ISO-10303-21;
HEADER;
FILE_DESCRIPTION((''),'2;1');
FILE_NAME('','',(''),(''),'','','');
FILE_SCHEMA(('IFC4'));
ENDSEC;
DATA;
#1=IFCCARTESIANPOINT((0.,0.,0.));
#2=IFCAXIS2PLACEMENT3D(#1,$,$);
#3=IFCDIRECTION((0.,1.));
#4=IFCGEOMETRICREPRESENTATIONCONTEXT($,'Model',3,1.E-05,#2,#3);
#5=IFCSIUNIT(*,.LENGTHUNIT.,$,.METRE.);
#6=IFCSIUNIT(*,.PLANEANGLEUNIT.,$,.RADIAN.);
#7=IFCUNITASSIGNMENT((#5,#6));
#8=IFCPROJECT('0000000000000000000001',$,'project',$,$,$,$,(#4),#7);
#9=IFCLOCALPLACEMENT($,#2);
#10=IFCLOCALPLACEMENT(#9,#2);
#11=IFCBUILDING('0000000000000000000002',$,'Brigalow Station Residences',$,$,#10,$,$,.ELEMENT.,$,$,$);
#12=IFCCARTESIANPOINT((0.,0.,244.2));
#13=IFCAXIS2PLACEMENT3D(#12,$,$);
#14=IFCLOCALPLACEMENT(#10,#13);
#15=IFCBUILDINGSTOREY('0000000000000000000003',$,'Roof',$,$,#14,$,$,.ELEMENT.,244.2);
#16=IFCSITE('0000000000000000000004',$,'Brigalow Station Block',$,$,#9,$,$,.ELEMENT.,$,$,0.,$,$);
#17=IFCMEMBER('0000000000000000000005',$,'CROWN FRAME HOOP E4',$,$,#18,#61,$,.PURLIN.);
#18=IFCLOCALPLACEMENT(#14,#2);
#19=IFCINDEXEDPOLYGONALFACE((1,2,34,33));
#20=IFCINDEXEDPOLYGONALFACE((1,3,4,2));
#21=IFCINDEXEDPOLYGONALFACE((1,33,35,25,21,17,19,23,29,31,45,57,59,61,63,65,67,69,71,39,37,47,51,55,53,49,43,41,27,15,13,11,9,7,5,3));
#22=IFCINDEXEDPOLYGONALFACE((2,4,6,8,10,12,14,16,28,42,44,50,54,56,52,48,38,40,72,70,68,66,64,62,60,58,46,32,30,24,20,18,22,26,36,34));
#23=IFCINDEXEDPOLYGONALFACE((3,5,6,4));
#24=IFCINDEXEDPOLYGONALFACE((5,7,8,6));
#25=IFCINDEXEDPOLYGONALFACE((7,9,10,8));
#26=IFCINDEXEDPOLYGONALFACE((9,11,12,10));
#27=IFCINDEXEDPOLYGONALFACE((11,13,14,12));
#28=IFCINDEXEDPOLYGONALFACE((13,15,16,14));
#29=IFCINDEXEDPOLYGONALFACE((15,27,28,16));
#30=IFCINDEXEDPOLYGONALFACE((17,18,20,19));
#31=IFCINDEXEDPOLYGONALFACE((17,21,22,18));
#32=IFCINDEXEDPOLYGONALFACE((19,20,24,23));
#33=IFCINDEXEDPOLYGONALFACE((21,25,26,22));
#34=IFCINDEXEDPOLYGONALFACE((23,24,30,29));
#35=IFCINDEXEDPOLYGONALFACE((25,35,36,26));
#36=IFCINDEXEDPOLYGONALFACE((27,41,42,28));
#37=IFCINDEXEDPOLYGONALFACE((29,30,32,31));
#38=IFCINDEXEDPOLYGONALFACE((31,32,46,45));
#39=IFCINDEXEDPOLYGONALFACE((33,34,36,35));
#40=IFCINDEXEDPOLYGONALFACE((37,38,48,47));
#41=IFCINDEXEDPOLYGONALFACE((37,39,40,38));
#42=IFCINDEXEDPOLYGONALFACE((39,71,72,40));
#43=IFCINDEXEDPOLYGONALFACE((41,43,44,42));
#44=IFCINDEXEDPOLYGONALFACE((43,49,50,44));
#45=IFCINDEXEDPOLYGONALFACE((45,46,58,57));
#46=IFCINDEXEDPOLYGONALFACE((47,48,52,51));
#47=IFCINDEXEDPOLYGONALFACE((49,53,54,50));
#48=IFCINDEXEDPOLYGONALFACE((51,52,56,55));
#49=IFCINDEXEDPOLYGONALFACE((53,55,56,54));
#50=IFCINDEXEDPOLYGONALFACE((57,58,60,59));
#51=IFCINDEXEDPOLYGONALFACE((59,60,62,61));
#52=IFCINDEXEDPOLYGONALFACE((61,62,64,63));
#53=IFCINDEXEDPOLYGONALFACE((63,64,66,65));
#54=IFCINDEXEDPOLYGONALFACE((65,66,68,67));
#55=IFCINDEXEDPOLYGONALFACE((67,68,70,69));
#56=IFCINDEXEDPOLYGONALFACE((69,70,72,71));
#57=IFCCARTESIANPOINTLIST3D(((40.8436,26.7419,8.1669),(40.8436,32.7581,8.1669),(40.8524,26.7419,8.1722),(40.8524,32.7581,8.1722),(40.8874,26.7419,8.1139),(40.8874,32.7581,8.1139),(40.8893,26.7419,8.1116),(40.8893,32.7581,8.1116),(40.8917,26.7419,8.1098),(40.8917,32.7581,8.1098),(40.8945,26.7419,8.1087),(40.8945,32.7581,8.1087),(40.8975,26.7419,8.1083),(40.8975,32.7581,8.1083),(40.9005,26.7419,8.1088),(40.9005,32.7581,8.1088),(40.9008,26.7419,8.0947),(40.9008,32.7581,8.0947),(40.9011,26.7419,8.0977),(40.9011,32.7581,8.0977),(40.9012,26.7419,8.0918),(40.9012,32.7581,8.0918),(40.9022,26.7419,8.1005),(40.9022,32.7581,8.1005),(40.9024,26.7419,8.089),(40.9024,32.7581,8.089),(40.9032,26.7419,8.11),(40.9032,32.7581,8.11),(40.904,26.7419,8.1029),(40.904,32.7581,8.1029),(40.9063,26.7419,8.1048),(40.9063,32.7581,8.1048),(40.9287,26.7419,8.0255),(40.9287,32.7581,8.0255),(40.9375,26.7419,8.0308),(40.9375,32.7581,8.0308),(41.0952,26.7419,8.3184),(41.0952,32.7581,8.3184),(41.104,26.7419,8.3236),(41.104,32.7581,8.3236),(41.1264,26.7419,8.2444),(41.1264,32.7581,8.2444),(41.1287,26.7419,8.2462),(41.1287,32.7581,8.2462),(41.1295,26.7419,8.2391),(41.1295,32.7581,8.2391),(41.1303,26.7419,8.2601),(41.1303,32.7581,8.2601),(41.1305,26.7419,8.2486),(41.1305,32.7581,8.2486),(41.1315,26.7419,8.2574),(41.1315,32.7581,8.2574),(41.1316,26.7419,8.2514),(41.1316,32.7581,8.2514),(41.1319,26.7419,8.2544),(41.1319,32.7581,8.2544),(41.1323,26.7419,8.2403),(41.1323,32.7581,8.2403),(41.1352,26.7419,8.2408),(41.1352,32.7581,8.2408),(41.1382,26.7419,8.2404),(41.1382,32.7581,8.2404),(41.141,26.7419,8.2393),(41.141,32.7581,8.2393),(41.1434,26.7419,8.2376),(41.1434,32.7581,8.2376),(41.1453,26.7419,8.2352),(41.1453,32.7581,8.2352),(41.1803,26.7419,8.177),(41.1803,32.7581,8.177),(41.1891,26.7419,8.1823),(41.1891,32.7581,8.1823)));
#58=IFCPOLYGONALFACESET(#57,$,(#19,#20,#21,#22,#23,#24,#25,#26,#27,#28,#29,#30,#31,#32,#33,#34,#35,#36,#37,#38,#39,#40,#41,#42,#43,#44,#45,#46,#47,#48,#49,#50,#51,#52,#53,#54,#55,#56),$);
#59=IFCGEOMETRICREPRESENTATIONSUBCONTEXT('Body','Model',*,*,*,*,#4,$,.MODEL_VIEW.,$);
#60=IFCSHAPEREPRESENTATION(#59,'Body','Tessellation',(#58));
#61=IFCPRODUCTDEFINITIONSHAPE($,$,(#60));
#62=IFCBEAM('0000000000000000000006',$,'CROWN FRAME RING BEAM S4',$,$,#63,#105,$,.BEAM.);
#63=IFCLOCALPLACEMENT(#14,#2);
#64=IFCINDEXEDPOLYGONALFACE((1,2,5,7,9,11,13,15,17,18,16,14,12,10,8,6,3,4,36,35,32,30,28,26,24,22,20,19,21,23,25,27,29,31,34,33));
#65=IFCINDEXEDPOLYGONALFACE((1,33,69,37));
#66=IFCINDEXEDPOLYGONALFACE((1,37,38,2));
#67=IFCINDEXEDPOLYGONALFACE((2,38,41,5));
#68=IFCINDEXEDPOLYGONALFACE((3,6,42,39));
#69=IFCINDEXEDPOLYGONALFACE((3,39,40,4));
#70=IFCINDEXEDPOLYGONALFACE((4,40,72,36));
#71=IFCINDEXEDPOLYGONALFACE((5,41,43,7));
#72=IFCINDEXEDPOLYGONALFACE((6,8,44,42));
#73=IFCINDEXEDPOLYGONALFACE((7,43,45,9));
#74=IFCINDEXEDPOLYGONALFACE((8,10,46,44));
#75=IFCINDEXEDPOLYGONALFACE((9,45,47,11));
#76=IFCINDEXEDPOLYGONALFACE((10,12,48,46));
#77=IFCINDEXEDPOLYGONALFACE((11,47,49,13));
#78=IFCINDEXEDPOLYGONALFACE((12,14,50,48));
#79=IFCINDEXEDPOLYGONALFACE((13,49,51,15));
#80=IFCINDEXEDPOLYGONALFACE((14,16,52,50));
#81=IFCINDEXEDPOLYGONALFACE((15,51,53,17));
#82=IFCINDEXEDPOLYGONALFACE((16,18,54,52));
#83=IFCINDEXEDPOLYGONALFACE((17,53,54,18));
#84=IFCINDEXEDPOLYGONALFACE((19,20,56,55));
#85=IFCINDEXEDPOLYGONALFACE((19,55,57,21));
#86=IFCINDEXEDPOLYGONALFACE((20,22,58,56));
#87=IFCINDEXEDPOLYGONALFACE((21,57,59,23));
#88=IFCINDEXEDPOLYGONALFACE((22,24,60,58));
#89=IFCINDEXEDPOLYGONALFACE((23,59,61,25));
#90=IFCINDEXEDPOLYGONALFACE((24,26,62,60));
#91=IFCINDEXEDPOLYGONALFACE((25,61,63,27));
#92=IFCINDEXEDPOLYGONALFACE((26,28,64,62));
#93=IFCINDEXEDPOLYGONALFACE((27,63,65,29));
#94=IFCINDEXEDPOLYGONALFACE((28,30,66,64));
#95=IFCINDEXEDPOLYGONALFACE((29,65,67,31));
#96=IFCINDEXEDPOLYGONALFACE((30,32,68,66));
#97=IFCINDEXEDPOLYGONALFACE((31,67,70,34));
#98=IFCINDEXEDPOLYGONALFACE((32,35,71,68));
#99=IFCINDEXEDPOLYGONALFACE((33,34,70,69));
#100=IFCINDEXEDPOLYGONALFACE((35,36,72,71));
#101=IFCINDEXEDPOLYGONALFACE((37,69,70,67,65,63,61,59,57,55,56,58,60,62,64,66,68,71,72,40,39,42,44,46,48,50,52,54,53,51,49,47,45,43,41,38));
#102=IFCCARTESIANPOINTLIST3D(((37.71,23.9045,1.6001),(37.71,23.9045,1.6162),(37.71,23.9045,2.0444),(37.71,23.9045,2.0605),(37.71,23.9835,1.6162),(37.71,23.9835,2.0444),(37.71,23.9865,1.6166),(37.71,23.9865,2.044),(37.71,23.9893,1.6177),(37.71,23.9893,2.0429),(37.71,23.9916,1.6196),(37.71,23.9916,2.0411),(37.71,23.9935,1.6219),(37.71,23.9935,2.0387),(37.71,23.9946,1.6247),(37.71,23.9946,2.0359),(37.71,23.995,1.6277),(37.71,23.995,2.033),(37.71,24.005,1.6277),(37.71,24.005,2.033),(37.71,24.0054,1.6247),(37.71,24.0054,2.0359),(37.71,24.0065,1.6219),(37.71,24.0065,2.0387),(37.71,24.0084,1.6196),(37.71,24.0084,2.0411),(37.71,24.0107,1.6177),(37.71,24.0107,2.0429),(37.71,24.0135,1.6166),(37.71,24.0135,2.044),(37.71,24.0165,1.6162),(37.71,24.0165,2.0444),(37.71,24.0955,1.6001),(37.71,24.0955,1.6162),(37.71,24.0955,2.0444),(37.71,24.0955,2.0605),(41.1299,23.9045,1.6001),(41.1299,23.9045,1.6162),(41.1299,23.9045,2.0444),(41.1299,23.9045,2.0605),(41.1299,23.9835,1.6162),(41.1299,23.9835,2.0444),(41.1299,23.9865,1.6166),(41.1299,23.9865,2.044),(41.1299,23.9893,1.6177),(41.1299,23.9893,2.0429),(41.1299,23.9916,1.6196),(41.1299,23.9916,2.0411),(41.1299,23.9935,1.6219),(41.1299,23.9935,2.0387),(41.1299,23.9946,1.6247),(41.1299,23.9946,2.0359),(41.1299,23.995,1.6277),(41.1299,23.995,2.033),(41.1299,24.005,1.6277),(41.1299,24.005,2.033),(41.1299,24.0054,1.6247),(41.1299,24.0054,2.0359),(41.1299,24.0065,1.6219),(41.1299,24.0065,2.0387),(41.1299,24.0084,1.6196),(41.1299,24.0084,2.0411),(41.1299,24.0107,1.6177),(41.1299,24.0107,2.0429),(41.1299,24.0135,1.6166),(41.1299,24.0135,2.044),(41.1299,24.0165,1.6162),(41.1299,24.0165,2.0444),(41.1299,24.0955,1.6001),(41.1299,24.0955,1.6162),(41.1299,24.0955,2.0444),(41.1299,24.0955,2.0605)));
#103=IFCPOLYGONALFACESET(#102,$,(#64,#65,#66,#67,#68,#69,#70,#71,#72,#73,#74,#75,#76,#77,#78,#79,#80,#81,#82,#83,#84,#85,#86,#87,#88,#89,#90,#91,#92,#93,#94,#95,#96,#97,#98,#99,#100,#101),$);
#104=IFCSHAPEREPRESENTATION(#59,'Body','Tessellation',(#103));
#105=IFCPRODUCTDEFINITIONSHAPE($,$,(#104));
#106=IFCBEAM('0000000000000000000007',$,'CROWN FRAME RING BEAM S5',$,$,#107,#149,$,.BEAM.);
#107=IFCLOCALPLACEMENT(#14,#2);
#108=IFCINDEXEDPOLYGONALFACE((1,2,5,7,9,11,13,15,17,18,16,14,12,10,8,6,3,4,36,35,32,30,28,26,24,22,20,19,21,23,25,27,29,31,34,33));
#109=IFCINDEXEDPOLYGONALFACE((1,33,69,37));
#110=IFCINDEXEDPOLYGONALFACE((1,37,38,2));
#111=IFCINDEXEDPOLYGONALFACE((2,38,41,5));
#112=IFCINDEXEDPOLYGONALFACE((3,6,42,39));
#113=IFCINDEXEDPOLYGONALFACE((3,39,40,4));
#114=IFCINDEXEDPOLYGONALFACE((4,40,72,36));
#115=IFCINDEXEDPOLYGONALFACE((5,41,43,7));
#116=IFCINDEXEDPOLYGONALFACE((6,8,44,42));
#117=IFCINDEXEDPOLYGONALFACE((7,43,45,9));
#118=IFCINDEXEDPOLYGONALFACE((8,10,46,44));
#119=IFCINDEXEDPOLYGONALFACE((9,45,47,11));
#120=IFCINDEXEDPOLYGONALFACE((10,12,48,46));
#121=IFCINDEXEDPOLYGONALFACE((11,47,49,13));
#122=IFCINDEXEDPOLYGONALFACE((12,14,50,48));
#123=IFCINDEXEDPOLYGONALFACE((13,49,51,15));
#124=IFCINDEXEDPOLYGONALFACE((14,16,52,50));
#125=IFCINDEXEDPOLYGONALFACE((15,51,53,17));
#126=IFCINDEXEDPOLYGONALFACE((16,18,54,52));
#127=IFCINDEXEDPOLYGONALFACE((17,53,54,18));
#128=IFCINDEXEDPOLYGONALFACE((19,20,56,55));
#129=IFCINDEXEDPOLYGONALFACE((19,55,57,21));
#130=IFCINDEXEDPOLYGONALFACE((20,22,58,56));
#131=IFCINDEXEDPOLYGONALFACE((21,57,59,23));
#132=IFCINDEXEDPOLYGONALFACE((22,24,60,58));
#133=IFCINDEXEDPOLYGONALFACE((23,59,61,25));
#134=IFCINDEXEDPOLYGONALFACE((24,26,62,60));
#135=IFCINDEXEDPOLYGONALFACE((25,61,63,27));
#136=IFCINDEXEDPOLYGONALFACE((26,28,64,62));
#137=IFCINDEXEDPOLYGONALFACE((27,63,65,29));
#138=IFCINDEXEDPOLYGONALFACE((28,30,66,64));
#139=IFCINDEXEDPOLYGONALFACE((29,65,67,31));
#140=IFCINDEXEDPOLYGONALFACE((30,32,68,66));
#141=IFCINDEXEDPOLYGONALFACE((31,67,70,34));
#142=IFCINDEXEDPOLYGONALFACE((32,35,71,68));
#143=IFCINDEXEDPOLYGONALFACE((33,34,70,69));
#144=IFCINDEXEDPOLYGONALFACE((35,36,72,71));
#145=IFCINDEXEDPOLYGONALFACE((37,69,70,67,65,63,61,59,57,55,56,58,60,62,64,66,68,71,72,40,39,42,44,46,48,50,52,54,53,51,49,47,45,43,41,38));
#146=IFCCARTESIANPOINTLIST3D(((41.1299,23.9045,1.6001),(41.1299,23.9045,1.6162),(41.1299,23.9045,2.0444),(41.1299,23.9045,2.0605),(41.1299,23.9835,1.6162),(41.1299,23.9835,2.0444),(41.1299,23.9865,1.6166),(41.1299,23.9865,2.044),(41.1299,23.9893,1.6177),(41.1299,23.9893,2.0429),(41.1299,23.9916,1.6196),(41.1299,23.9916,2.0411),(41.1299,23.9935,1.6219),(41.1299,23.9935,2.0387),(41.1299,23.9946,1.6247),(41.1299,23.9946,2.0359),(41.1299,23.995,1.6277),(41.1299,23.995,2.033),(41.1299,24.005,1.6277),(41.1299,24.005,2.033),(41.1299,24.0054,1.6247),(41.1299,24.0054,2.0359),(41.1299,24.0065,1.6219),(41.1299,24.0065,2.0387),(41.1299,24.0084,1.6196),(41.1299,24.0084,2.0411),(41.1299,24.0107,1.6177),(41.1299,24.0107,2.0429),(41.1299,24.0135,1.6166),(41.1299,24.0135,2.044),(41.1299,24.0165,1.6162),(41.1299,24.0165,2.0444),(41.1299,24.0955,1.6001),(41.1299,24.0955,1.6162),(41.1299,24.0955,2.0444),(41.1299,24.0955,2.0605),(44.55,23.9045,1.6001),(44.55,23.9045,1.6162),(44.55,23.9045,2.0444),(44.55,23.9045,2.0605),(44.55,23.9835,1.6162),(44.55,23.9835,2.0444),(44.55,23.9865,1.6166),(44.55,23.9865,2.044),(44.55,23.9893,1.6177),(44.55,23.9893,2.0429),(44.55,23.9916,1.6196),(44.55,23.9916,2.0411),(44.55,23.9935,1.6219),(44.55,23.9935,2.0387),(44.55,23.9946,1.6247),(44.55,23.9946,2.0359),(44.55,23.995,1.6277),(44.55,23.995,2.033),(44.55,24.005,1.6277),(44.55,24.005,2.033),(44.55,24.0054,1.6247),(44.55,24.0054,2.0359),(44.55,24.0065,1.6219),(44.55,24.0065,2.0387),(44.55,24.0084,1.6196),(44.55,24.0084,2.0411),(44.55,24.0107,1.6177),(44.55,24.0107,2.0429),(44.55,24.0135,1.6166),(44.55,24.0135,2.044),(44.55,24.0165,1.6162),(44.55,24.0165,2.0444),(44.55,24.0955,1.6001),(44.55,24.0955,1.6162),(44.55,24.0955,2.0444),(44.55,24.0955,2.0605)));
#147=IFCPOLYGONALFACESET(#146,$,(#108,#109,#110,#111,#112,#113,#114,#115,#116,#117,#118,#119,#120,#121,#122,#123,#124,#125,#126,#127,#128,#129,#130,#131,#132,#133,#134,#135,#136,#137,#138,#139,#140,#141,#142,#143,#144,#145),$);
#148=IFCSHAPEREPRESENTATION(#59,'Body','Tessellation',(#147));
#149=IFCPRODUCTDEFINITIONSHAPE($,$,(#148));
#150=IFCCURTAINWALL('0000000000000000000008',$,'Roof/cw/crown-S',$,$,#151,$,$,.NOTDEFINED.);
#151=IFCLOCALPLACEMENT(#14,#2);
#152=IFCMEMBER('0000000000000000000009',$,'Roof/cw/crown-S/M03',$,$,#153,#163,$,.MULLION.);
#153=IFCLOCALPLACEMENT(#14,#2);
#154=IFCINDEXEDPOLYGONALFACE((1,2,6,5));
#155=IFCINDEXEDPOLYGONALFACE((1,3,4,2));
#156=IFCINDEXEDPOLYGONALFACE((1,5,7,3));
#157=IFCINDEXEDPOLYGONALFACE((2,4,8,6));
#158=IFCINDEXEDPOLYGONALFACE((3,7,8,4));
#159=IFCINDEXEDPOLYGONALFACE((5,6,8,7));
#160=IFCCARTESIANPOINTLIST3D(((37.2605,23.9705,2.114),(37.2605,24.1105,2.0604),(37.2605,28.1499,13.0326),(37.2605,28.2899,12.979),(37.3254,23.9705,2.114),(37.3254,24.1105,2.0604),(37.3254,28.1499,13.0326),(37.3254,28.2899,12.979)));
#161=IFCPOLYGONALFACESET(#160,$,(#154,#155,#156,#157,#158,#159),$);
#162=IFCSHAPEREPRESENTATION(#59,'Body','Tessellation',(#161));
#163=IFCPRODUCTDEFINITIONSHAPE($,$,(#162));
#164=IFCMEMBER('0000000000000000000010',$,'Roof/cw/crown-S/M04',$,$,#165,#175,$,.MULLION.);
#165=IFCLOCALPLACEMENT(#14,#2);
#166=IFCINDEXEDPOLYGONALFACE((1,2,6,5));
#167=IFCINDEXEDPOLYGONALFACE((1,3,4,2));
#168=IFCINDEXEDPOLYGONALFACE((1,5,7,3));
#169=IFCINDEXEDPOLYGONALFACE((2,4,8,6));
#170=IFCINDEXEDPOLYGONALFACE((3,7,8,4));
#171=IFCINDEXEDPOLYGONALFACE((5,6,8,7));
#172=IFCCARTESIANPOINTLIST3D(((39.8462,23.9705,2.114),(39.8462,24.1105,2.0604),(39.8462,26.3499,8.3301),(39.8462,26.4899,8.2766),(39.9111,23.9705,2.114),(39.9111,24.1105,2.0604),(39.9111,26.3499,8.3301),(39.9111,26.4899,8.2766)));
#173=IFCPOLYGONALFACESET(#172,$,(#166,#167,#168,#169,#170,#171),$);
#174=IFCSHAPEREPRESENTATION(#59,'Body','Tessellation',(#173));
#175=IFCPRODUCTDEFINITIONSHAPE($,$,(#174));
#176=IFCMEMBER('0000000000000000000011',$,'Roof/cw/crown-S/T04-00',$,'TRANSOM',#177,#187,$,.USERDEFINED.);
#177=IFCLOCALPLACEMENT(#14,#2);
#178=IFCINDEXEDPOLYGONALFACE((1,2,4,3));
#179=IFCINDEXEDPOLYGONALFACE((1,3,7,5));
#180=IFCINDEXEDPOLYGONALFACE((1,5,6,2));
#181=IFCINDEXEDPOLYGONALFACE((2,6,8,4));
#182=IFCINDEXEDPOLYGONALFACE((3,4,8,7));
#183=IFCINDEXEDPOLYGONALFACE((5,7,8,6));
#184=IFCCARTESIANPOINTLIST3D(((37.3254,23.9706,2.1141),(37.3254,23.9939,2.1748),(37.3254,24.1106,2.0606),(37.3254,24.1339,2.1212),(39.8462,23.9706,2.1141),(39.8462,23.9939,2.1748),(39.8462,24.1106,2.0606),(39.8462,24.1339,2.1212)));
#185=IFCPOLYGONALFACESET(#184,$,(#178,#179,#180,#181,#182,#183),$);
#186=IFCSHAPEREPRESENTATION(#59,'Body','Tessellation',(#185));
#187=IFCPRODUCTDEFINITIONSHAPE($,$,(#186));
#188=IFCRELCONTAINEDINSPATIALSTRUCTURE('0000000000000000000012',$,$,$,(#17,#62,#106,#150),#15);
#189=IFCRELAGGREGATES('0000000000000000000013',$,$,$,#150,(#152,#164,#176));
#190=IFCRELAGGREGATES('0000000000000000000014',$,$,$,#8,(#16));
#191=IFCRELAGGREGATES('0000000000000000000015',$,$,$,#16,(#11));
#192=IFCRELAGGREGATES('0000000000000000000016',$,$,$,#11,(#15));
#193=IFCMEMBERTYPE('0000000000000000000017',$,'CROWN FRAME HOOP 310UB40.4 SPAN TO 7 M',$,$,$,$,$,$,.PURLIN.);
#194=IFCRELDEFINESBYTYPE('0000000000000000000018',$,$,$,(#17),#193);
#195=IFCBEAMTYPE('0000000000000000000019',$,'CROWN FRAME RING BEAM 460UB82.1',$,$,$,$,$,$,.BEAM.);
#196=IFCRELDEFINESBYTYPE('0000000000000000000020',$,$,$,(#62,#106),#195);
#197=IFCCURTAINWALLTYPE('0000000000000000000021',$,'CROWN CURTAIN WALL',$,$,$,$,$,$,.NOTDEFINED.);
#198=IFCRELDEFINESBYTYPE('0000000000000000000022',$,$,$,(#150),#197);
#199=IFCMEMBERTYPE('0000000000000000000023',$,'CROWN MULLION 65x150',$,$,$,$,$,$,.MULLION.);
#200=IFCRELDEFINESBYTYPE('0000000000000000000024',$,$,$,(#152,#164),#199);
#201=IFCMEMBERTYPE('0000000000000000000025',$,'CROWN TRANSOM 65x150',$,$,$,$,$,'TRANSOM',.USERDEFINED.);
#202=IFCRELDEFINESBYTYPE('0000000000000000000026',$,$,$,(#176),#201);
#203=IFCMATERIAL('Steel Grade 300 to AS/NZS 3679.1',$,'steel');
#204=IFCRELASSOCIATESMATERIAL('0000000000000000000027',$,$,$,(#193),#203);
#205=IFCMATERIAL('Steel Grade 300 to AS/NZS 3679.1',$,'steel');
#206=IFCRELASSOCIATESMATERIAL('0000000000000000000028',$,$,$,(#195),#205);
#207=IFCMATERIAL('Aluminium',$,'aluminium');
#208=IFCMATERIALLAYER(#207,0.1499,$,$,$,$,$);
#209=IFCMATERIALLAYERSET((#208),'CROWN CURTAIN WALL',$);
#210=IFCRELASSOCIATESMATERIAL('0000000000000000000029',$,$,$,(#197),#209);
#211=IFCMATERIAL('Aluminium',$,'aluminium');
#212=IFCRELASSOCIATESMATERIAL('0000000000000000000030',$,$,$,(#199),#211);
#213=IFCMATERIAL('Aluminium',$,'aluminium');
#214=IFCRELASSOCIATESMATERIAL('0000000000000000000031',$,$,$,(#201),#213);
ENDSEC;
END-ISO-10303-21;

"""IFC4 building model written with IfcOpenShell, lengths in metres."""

from ifc_helpers import new_model, si_unit, direction, frame, origin, origin_2d, place, context, subcontext, project, spatial, rectangle, i_section, extrude, material, layer, layer_set, material_profile, profile_set, type_object, element, aggregate, save


model = new_model("IFC4")

# Units and contexts
model_context = context("Model", 3, precision=1e-05, world=origin(), true_north=direction((0.0, 1.0)))
body_context = subcontext(model_context, "Body", "Model", "MODEL_VIEW")
ifc_project = project(units=[si_unit("LENGTHUNIT", "METRE"), si_unit("PLANEANGLEUNIT", "RADIAN")], contexts=[model_context])

# Site, building, storey
site_placement = place(None, origin())
site = spatial("IfcSite", under=ifc_project, at=site_placement, Name="Brigalow Station Block", CompositionType="ELEMENT", RefElevation=0.0)
building_placement = place(site_placement, origin())
building = spatial("IfcBuilding", under=site, at=building_placement, Name="Brigalow Station Residences", CompositionType="ELEMENT")
storey_placement = place(building_placement, frame((0.0, 0.0, 244.2)))
storey = spatial("IfcBuildingStorey", under=building, at=storey_placement, Name="Roof", CompositionType="ELEMENT", Elevation=244.2)

# Member
ifc_material_1 = material(Name="Steel Grade 300 to AS/NZS 3679.1", Category="steel")
ifc_material_profile_1 = material_profile(ifc_material_1, i_section(OverallWidth=0.165, OverallDepth=0.304, WebThickness=0.0061, FlangeThickness=0.0103, FilletRadius=0.0115, at=origin_2d()), Name="310UB40.4")
ifc_profile_set_1 = profile_set([ifc_material_profile_1], Name="Steel Grade 300 to AS/NZS 3679.1")
member_type_1 = type_object("IfcMemberType", Name="CROWN FRAME HOOP 310UB40.4 SPAN TO 7 M", PredefinedType="PURLIN", material=ifc_profile_set_1)
member_1_placement = place(storey_placement, frame((41.0164, 26.7419, 8.1746), z_axis=(0.0, 1.0, 0.0), x_axis=(-0.515813, 0.0, 0.856701)))
element("IfcMember", 1, at=member_1_placement, inside=storey, type_object=member_type_1, Name="CROWN FRAME HOOP E4", PredefinedType="PURLIN", context=body_context, shape_type="SweptSolid", body=[
    extrude(i_section(OverallWidth=0.165, OverallDepth=0.304, WebThickness=0.0061, FlangeThickness=0.0103, FilletRadius=0.0115, at=origin_2d()), origin(), (0.0, 0.0, 1.0), 6.0161),
])

# Beams
ifc_material_2 = material(Name="Steel Grade 300 to AS/NZS 3679.1", Category="steel")
ifc_material_profile_2 = material_profile(ifc_material_2, i_section(OverallWidth=0.1909, OverallDepth=0.4604, WebThickness=0.01, FlangeThickness=0.0161, FilletRadius=0.0115, at=origin_2d()), Name="460UB82.1")
ifc_profile_set_2 = profile_set([ifc_material_profile_2], Name="Steel Grade 300 to AS/NZS 3679.1")
beam_type = type_object("IfcBeamType", Name="CROWN FRAME RING BEAM 460UB82.1", PredefinedType="BEAM", material=ifc_profile_set_2)
beam_1_placement = place(storey_placement, frame((37.71, 24.0, 1.8303), z_axis=(1.0, 0.0, 0.0), x_axis=(0.0, 1.0, 0.0)))
element("IfcBeam", 2, at=beam_1_placement, inside=storey, type_object=beam_type, Name="CROWN FRAME RING BEAM S4", PredefinedType="BEAM", context=body_context, shape_type="SweptSolid", body=[
    extrude(i_section(OverallWidth=0.1909, OverallDepth=0.4604, WebThickness=0.01, FlangeThickness=0.0161, FilletRadius=0.0115, at=origin_2d()), origin(), (0.0, 0.0, 1.0), 3.4199),
])
beam_2_placement = place(storey_placement, frame((41.1299, 24.0, 1.8303), z_axis=(1.0, 0.0, 0.0), x_axis=(0.0, 1.0, 0.0)))
element("IfcBeam", 3, at=beam_2_placement, inside=storey, type_object=beam_type, Name="CROWN FRAME RING BEAM S5", PredefinedType="BEAM", context=body_context, shape_type="SweptSolid", body=[
    extrude(i_section(OverallWidth=0.1909, OverallDepth=0.4604, WebThickness=0.01, FlangeThickness=0.0161, FilletRadius=0.0115, at=origin_2d()), origin(), (0.0, 0.0, 1.0), 3.4202),
])

# Curtain wall, members
ifc_material_3 = material(Name="Aluminium", Category="aluminium")
ifc_layer_1 = layer(ifc_material_3, 0.1499)
ifc_layer_set_1 = layer_set([ifc_layer_1], Name="CROWN CURTAIN WALL")
curtain_wall_type = type_object("IfcCurtainWallType", Name="CROWN CURTAIN WALL", PredefinedType="NOTDEFINED", material=ifc_layer_set_1)
curtain_wall_1_placement = place(storey_placement, origin())
curtain_wall_1 = element("IfcCurtainWall", 4, at=curtain_wall_1_placement, inside=storey, type_object=curtain_wall_type, Name="Roof/cw/crown-S", PredefinedType="NOTDEFINED")
ifc_material_4 = material(Name="Aluminium", Category="aluminium")
ifc_material_profile_3 = material_profile(ifc_material_4, rectangle(XDim=0.0649, YDim=0.1499, at=origin_2d()), Name="CROWN MULLION 65x150")
ifc_profile_set_3 = profile_set([ifc_material_profile_3], Name="Aluminium")
member_type_2 = type_object("IfcMemberType", Name="CROWN MULLION 65x150", PredefinedType="MULLION", material=ifc_profile_set_3)
member_2_placement = place(storey_placement, frame((37.293, 24.0405, 2.0872), z_axis=(0.0, 0.357484, 0.933919), x_axis=(-1.0, 0.0, 0.0)))
member_2 = element("IfcMember", 5, at=member_2_placement, type_object=member_type_2, Name="Roof/cw/crown-S/M03", PredefinedType="MULLION", context=body_context, shape_type="SweptSolid", body=[
    extrude(rectangle(XDim=0.0649, YDim=0.1499, at=origin_2d()), origin(), (0.0, 0.0, 1.0), 11.6912),
])
member_3_placement = place(storey_placement, frame((39.8787, 24.0405, 2.0872), z_axis=(0.0, 0.357474, 0.933923), x_axis=(-1.0, 0.0, 0.0)))
member_3 = element("IfcMember", 6, at=member_3_placement, type_object=member_type_2, Name="Roof/cw/crown-S/M04", PredefinedType="MULLION", context=body_context, shape_type="SweptSolid", body=[
    extrude(rectangle(XDim=0.0649, YDim=0.1499, at=origin_2d()), origin(), (0.0, 0.0, 1.0), 6.656),
])
ifc_material_5 = material(Name="Aluminium", Category="aluminium")
ifc_material_profile_4 = material_profile(ifc_material_5, rectangle(XDim=0.0649, YDim=0.1499, at=origin_2d()), Name="CROWN TRANSOM 65x150")
ifc_profile_set_4 = profile_set([ifc_material_profile_4], Name="Aluminium")
member_type_3 = type_object("IfcMemberType", Name="CROWN TRANSOM 65x150", ElementType="TRANSOM", PredefinedType="USERDEFINED", material=ifc_profile_set_4)
member_4_placement = place(storey_placement, frame((37.3254, 24.0522, 2.1177), z_axis=(1.0, 0.0, 0.0), x_axis=(0.0, 0.357491, 0.933917)))
member_4 = element("IfcMember", 7, at=member_4_placement, type_object=member_type_3, Name="Roof/cw/crown-S/T04-00", ObjectType="TRANSOM", PredefinedType="USERDEFINED", context=body_context, shape_type="SweptSolid", body=[
    extrude(rectangle(XDim=0.0649, YDim=0.1499, at=origin_2d()), origin(), (0.0, 0.0, 1.0), 2.5208),
])

aggregate(curtain_wall_1, [member_2, member_3, member_4])

save(model, "model.ifc")
